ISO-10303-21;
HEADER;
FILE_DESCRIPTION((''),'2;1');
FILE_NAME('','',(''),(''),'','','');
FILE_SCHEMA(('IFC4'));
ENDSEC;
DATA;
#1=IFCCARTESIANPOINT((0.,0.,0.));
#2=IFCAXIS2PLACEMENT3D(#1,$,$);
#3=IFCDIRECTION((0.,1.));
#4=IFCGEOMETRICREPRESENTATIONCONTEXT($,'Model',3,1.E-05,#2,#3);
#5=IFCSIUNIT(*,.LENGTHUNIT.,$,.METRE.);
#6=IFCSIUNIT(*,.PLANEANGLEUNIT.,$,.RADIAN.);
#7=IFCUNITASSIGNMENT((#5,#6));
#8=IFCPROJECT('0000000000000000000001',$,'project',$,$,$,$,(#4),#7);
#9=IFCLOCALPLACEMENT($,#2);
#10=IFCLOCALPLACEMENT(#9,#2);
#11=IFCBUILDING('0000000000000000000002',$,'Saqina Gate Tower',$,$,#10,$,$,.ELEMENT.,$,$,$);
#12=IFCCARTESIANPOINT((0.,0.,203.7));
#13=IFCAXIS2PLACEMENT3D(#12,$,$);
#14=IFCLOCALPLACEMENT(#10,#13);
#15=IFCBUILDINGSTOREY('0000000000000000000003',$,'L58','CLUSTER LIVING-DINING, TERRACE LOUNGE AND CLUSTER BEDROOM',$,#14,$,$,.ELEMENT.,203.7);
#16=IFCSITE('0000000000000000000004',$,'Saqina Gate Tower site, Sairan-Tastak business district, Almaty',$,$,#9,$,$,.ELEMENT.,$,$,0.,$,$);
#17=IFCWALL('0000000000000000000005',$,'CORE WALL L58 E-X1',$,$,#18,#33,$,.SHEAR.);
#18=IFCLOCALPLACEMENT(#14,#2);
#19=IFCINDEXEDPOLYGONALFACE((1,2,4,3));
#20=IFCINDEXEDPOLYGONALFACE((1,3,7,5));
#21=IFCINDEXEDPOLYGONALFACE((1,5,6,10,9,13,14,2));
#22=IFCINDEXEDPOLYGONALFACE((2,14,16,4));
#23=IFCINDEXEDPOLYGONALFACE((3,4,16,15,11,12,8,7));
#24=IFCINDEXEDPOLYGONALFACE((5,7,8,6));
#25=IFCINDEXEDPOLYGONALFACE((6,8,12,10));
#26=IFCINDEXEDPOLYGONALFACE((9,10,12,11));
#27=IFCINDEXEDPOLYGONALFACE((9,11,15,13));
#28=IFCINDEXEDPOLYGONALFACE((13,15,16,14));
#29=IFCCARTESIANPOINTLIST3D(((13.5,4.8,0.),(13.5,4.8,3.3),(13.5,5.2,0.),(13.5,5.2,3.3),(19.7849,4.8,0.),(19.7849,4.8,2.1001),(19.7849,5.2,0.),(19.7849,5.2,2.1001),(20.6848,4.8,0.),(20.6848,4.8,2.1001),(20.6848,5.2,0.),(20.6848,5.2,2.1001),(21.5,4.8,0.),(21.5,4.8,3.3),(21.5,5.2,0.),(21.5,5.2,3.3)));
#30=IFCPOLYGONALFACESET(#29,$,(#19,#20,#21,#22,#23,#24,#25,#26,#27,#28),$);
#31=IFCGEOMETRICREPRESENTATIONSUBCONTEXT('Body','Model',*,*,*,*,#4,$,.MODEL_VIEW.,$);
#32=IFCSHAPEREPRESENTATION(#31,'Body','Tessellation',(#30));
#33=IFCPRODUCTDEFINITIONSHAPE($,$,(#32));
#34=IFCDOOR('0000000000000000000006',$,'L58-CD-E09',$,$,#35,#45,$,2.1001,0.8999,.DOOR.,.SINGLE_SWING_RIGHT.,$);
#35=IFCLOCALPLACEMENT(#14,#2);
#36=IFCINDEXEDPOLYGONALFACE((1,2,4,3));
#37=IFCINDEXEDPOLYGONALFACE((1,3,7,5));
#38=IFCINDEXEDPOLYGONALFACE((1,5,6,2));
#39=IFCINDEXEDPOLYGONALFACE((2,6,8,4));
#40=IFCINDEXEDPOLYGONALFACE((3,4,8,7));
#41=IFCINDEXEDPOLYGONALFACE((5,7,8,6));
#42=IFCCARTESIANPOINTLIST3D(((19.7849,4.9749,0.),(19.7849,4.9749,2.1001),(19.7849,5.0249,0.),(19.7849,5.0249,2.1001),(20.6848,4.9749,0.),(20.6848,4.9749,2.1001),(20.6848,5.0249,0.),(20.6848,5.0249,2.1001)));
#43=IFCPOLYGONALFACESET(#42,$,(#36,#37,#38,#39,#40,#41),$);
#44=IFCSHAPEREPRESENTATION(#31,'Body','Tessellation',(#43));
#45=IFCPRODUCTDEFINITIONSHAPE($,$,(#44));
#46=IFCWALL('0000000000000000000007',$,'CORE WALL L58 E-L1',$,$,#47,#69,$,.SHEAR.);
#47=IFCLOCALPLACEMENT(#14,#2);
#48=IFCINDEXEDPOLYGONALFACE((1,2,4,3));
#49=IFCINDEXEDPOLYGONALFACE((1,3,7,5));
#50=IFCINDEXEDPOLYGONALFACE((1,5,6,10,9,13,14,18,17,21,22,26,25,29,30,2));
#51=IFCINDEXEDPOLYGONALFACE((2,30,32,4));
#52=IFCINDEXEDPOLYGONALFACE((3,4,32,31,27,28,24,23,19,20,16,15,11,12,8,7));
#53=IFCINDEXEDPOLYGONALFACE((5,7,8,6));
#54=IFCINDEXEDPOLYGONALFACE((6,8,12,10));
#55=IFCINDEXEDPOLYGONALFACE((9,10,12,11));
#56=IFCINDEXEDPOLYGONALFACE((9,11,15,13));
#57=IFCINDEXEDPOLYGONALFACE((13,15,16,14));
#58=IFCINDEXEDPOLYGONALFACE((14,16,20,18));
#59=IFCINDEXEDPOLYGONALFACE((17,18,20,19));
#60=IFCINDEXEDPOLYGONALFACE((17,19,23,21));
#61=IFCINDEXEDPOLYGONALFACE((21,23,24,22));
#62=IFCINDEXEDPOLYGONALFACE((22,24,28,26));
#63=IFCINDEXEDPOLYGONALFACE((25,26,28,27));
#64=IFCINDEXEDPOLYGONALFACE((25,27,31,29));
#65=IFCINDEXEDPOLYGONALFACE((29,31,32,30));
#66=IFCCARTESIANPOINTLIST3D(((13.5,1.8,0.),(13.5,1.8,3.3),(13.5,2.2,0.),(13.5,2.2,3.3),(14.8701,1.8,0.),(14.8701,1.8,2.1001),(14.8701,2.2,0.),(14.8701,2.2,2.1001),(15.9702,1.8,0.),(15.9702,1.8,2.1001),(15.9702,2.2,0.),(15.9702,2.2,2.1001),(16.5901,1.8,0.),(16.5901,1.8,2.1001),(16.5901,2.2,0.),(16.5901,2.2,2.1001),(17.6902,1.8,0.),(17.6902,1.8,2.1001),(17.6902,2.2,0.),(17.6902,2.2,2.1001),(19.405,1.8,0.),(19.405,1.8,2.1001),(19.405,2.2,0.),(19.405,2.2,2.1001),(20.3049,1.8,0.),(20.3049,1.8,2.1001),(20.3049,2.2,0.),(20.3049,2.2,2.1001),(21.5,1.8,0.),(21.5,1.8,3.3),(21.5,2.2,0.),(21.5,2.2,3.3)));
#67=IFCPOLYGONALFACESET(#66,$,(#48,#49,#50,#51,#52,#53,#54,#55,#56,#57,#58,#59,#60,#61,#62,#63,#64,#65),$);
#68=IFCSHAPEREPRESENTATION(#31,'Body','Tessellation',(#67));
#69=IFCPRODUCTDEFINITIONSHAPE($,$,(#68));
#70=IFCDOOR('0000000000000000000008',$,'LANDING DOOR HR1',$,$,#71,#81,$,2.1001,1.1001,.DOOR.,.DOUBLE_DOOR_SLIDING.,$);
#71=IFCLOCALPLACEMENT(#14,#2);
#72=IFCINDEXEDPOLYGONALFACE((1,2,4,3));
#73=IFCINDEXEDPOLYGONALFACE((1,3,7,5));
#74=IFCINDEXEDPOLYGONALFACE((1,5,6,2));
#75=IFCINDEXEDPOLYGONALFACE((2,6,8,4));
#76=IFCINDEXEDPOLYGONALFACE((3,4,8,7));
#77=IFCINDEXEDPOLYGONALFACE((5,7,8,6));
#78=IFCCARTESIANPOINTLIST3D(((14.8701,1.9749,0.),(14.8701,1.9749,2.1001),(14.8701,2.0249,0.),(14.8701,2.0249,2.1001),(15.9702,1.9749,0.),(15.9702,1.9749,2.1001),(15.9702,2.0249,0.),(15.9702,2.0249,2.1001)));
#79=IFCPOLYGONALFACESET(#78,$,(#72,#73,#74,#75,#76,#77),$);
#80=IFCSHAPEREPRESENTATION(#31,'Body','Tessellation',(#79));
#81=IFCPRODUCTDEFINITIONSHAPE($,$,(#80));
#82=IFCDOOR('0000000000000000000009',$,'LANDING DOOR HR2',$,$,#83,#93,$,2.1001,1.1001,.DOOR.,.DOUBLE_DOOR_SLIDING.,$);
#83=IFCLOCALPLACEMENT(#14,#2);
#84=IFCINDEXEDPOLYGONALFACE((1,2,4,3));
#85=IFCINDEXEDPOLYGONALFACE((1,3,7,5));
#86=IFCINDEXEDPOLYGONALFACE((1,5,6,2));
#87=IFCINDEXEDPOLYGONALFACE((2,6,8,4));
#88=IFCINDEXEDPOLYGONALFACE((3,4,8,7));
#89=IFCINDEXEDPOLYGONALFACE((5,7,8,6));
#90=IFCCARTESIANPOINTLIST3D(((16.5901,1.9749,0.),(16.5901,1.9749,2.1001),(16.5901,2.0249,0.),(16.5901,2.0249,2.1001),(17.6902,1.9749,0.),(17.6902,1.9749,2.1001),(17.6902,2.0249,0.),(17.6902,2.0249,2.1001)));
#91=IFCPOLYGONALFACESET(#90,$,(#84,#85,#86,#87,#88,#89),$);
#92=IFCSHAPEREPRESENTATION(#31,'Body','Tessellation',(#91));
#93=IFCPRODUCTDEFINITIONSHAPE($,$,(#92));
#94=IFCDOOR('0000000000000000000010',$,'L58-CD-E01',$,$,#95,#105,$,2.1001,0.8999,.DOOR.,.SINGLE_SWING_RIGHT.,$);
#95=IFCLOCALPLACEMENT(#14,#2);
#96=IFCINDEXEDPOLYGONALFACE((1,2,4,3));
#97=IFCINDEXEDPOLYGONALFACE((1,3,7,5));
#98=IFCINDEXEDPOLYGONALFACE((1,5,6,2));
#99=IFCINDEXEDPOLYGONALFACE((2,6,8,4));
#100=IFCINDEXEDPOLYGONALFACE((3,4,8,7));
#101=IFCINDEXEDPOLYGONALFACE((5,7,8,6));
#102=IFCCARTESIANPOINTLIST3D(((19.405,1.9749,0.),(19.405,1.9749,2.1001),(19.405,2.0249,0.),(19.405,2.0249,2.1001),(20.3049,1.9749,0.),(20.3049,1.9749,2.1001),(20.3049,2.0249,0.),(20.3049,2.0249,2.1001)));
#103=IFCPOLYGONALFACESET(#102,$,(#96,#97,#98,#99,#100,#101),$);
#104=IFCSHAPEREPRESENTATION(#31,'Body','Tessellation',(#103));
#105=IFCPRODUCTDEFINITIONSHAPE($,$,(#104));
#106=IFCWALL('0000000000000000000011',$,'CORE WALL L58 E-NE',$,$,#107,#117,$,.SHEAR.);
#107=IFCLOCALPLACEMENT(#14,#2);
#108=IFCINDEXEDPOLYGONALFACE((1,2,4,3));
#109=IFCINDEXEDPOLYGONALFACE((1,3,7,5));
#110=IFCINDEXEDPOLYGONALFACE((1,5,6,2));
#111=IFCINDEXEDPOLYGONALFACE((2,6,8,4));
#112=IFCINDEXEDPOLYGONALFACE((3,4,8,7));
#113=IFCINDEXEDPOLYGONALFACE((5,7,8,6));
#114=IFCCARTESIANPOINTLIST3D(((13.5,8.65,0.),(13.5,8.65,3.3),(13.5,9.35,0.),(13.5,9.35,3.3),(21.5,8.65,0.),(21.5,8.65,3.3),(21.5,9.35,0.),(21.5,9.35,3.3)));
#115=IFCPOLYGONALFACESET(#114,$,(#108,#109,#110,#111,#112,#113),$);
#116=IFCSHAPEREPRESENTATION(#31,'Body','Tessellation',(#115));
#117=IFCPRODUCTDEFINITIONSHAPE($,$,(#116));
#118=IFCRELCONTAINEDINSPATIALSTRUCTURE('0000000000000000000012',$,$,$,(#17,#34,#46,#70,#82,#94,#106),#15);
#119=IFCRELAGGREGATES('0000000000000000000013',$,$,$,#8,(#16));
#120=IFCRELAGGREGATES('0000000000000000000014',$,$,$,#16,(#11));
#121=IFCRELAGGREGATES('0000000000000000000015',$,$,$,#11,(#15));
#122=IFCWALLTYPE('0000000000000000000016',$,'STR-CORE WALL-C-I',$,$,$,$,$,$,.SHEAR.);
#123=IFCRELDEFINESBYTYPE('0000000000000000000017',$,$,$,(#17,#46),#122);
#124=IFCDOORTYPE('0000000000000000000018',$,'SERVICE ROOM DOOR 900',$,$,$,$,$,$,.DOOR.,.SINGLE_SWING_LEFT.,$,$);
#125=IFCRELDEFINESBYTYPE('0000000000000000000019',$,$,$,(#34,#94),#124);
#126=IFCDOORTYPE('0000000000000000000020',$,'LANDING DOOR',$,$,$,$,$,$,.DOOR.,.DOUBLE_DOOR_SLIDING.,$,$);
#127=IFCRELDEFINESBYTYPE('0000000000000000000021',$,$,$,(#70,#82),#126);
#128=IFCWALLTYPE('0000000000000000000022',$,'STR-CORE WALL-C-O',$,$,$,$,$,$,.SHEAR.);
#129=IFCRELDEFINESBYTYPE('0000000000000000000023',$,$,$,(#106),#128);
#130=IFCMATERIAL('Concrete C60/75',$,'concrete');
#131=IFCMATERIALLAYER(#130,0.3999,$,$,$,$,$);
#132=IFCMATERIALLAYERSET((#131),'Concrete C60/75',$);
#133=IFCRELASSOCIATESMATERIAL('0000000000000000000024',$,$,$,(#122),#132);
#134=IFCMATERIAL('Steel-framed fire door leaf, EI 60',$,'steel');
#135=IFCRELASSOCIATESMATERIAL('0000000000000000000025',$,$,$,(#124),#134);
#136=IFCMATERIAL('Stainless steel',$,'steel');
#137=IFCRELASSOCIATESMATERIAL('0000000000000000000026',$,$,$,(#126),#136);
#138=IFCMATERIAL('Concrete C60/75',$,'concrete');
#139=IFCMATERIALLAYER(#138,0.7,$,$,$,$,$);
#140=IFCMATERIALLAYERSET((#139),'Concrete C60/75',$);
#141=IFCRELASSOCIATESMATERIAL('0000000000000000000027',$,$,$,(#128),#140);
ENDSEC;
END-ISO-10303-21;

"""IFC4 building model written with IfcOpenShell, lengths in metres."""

from ifc_helpers import new_model, si_unit, direction, frame, frame_2d, origin, place, context, subcontext, project, spatial, rectangle, extrude, material, layer, layer_set, type_object, element, fill, save


model = new_model("IFC4")

# Units and contexts
model_context = context("Model", 3, precision=1e-05, world=origin(), true_north=direction((0.0, 1.0)))
body_context = subcontext(model_context, "Body", "Model", "MODEL_VIEW")
ifc_project = project(units=[si_unit("LENGTHUNIT", "METRE"), si_unit("PLANEANGLEUNIT", "RADIAN")], contexts=[model_context])

# Site, building, storey
site_placement = place(None, origin())
site = spatial("IfcSite", under=ifc_project, at=site_placement, Name="Saqina Gate Tower site, Sairan-Tastak business district, Almaty", CompositionType="ELEMENT", RefElevation=0.0)
building_placement = place(site_placement, origin())
building = spatial("IfcBuilding", under=site, at=building_placement, Name="Saqina Gate Tower", CompositionType="ELEMENT")
storey_placement = place(building_placement, frame((0.0, 0.0, 203.7)))
storey = spatial("IfcBuildingStorey", under=building, at=storey_placement, Name="L58", Description="CLUSTER LIVING-DINING, TERRACE LOUNGE AND CLUSTER BEDROOM", CompositionType="ELEMENT", Elevation=203.7)

# Wall, opening, door
ifc_material_1 = material(Name="Concrete C60/75", Category="concrete")
ifc_layer_1 = layer(ifc_material_1, 0.3999)
ifc_layer_set_1 = layer_set([ifc_layer_1], Name="Concrete C60/75")
wall_type_1 = type_object("IfcWallType", Name="STR-CORE WALL-C-I", PredefinedType="SHEAR", material=ifc_layer_set_1)
wall_1_placement = place(storey_placement, frame((13.5, 5.0, 0.0), z_axis=(0.0, 0.0, 1.0), x_axis=(1.0, 0.0, 0.0)))
wall_1 = element("IfcWall", 1, at=wall_1_placement, inside=storey, type_object=wall_type_1, Name="CORE WALL L58 E-X1", PredefinedType="SHEAR", context=body_context, shape_type="SweptSolid", body=[
    extrude(rectangle(XDim=8.0, YDim=0.3999, at=frame_2d((4.0, 0.0))), origin(), (0.0, 0.0, 1.0), 3.3),
])
opening_1_placement = place(wall_1_placement, frame((6.2849, 0.0, 0.0)))
opening_1 = element("IfcOpeningElement", 2, at=opening_1_placement, cuts=wall_1, PredefinedType="OPENING", context=body_context, shape_type="SweptSolid", body=[
    extrude(rectangle(XDim=0.8999, YDim=2.1001, at=frame_2d((0.45, 1.05))), frame((0.0, 0.2119, 0.0), z_axis=(0.0, -1.0, 0.0), x_axis=(1.0, 0.0, 0.0)), (0.0, 0.0, 1.0), 0.4238),
])
ifc_material_2 = material(Name="Steel-framed fire door leaf, EI 60", Category="steel")
door_type_1 = type_object("IfcDoorType", Name="SERVICE ROOM DOOR 900", OperationType="SINGLE_SWING_LEFT", PredefinedType="DOOR", material=ifc_material_2)
door_1_placement = place(opening_1_placement, origin())
door_1 = element("IfcDoor", 3, at=door_1_placement, inside=storey, type_object=door_type_1, Name="L58-CD-E09", OperationType="SINGLE_SWING_RIGHT", OverallHeight=2.1001, OverallWidth=0.8999, PredefinedType="DOOR", context=body_context, shape_type="SweptSolid", body=[
    extrude(rectangle(XDim=0.8999, YDim=2.1001, at=frame_2d((0.45, 1.05))), frame((0.0, 0.0249, 0.0), z_axis=(0.0, -1.0, 0.0), x_axis=(1.0, 0.0, 0.0)), (0.0, 0.0, 1.0), 0.05),
])
fill(opening_1, door_1)

# Wall, openings, doors
wall_2_placement = place(storey_placement, frame((13.5, 2.0, 0.0), z_axis=(0.0, 0.0, 1.0), x_axis=(1.0, 0.0, 0.0)))
wall_2 = element("IfcWall", 4, at=wall_2_placement, inside=storey, type_object=wall_type_1, Name="CORE WALL L58 E-L1", PredefinedType="SHEAR", context=body_context, shape_type="SweptSolid", body=[
    extrude(rectangle(XDim=8.0, YDim=0.3999, at=frame_2d((4.0, 0.0))), origin(), (0.0, 0.0, 1.0), 3.3),
])
opening_2_placement = place(wall_2_placement, frame((1.3701, 0.0, 0.0)))
opening_2 = element("IfcOpeningElement", 5, at=opening_2_placement, cuts=wall_2, PredefinedType="OPENING", context=body_context, shape_type="SweptSolid", body=[
    extrude(rectangle(XDim=1.1001, YDim=2.1001, at=frame_2d((0.55, 1.05))), frame((0.0, 0.2119, 0.0), z_axis=(0.0, -1.0, 0.0), x_axis=(1.0, 0.0, 0.0)), (0.0, 0.0, 1.0), 0.4238),
])
opening_3_placement = place(wall_2_placement, frame((3.0901, 0.0, 0.0)))
opening_3 = element("IfcOpeningElement", 6, at=opening_3_placement, cuts=wall_2, PredefinedType="OPENING", context=body_context, shape_type="SweptSolid", body=[
    extrude(rectangle(XDim=1.1001, YDim=2.1001, at=frame_2d((0.55, 1.05))), frame((0.0, 0.2119, 0.0), z_axis=(0.0, -1.0, 0.0), x_axis=(1.0, 0.0, 0.0)), (0.0, 0.0, 1.0), 0.4238),
])
opening_4_placement = place(wall_2_placement, frame((5.905, 0.0, 0.0)))
opening_4 = element("IfcOpeningElement", 7, at=opening_4_placement, cuts=wall_2, PredefinedType="OPENING", context=body_context, shape_type="SweptSolid", body=[
    extrude(rectangle(XDim=0.8999, YDim=2.1001, at=frame_2d((0.45, 1.05))), frame((0.0, 0.2119, 0.0), z_axis=(0.0, -1.0, 0.0), x_axis=(1.0, 0.0, 0.0)), (0.0, 0.0, 1.0), 0.4238),
])
ifc_material_3 = material(Name="Stainless steel", Category="steel")
door_type_2 = type_object("IfcDoorType", Name="LANDING DOOR", OperationType="DOUBLE_DOOR_SLIDING", PredefinedType="DOOR", material=ifc_material_3)
door_2_placement = place(opening_2_placement, origin())
door_2 = element("IfcDoor", 8, at=door_2_placement, inside=storey, type_object=door_type_2, Name="LANDING DOOR HR1", OperationType="DOUBLE_DOOR_SLIDING", OverallHeight=2.1001, OverallWidth=1.1001, PredefinedType="DOOR", context=body_context, shape_type="SweptSolid", body=[
    extrude(rectangle(XDim=1.1001, YDim=2.1001, at=frame_2d((0.55, 1.05))), frame((0.0, 0.0249, 0.0), z_axis=(0.0, -1.0, 0.0), x_axis=(1.0, 0.0, 0.0)), (0.0, 0.0, 1.0), 0.05),
])
fill(opening_2, door_2)
door_3_placement = place(opening_3_placement, origin())
door_3 = element("IfcDoor", 9, at=door_3_placement, inside=storey, type_object=door_type_2, Name="LANDING DOOR HR2", OperationType="DOUBLE_DOOR_SLIDING", OverallHeight=2.1001, OverallWidth=1.1001, PredefinedType="DOOR", context=body_context, shape_type="SweptSolid", body=[
    extrude(rectangle(XDim=1.1001, YDim=2.1001, at=frame_2d((0.55, 1.05))), frame((0.0, 0.0249, 0.0), z_axis=(0.0, -1.0, 0.0), x_axis=(1.0, 0.0, 0.0)), (0.0, 0.0, 1.0), 0.05),
])
fill(opening_3, door_3)
door_4_placement = place(opening_4_placement, origin())
door_4 = element("IfcDoor", 10, at=door_4_placement, inside=storey, type_object=door_type_1, Name="L58-CD-E01", OperationType="SINGLE_SWING_RIGHT", OverallHeight=2.1001, OverallWidth=0.8999, PredefinedType="DOOR", context=body_context, shape_type="SweptSolid", body=[
    extrude(rectangle(XDim=0.8999, YDim=2.1001, at=frame_2d((0.45, 1.05))), frame((0.0, 0.0249, 0.0), z_axis=(0.0, -1.0, 0.0), x_axis=(1.0, 0.0, 0.0)), (0.0, 0.0, 1.0), 0.05),
])
fill(opening_4, door_4)

# Wall
ifc_material_4 = material(Name="Concrete C60/75", Category="concrete")
ifc_layer_2 = layer(ifc_material_4, 0.7)
ifc_layer_set_2 = layer_set([ifc_layer_2], Name="Concrete C60/75")
wall_type_2 = type_object("IfcWallType", Name="STR-CORE WALL-C-O", PredefinedType="SHEAR", material=ifc_layer_set_2)
wall_3_placement = place(storey_placement, frame((13.5, 9.0, 0.0), z_axis=(0.0, 0.0, 1.0), x_axis=(1.0, 0.0, 0.0)))
element("IfcWall", 11, at=wall_3_placement, inside=storey, type_object=wall_type_2, Name="CORE WALL L58 E-NE", PredefinedType="SHEAR", context=body_context, shape_type="SweptSolid", body=[
    extrude(rectangle(XDim=8.0, YDim=0.7, at=frame_2d((4.0, 0.0))), origin(), (0.0, 0.0, 1.0), 3.3),
])

save(model, "model.ifc")
